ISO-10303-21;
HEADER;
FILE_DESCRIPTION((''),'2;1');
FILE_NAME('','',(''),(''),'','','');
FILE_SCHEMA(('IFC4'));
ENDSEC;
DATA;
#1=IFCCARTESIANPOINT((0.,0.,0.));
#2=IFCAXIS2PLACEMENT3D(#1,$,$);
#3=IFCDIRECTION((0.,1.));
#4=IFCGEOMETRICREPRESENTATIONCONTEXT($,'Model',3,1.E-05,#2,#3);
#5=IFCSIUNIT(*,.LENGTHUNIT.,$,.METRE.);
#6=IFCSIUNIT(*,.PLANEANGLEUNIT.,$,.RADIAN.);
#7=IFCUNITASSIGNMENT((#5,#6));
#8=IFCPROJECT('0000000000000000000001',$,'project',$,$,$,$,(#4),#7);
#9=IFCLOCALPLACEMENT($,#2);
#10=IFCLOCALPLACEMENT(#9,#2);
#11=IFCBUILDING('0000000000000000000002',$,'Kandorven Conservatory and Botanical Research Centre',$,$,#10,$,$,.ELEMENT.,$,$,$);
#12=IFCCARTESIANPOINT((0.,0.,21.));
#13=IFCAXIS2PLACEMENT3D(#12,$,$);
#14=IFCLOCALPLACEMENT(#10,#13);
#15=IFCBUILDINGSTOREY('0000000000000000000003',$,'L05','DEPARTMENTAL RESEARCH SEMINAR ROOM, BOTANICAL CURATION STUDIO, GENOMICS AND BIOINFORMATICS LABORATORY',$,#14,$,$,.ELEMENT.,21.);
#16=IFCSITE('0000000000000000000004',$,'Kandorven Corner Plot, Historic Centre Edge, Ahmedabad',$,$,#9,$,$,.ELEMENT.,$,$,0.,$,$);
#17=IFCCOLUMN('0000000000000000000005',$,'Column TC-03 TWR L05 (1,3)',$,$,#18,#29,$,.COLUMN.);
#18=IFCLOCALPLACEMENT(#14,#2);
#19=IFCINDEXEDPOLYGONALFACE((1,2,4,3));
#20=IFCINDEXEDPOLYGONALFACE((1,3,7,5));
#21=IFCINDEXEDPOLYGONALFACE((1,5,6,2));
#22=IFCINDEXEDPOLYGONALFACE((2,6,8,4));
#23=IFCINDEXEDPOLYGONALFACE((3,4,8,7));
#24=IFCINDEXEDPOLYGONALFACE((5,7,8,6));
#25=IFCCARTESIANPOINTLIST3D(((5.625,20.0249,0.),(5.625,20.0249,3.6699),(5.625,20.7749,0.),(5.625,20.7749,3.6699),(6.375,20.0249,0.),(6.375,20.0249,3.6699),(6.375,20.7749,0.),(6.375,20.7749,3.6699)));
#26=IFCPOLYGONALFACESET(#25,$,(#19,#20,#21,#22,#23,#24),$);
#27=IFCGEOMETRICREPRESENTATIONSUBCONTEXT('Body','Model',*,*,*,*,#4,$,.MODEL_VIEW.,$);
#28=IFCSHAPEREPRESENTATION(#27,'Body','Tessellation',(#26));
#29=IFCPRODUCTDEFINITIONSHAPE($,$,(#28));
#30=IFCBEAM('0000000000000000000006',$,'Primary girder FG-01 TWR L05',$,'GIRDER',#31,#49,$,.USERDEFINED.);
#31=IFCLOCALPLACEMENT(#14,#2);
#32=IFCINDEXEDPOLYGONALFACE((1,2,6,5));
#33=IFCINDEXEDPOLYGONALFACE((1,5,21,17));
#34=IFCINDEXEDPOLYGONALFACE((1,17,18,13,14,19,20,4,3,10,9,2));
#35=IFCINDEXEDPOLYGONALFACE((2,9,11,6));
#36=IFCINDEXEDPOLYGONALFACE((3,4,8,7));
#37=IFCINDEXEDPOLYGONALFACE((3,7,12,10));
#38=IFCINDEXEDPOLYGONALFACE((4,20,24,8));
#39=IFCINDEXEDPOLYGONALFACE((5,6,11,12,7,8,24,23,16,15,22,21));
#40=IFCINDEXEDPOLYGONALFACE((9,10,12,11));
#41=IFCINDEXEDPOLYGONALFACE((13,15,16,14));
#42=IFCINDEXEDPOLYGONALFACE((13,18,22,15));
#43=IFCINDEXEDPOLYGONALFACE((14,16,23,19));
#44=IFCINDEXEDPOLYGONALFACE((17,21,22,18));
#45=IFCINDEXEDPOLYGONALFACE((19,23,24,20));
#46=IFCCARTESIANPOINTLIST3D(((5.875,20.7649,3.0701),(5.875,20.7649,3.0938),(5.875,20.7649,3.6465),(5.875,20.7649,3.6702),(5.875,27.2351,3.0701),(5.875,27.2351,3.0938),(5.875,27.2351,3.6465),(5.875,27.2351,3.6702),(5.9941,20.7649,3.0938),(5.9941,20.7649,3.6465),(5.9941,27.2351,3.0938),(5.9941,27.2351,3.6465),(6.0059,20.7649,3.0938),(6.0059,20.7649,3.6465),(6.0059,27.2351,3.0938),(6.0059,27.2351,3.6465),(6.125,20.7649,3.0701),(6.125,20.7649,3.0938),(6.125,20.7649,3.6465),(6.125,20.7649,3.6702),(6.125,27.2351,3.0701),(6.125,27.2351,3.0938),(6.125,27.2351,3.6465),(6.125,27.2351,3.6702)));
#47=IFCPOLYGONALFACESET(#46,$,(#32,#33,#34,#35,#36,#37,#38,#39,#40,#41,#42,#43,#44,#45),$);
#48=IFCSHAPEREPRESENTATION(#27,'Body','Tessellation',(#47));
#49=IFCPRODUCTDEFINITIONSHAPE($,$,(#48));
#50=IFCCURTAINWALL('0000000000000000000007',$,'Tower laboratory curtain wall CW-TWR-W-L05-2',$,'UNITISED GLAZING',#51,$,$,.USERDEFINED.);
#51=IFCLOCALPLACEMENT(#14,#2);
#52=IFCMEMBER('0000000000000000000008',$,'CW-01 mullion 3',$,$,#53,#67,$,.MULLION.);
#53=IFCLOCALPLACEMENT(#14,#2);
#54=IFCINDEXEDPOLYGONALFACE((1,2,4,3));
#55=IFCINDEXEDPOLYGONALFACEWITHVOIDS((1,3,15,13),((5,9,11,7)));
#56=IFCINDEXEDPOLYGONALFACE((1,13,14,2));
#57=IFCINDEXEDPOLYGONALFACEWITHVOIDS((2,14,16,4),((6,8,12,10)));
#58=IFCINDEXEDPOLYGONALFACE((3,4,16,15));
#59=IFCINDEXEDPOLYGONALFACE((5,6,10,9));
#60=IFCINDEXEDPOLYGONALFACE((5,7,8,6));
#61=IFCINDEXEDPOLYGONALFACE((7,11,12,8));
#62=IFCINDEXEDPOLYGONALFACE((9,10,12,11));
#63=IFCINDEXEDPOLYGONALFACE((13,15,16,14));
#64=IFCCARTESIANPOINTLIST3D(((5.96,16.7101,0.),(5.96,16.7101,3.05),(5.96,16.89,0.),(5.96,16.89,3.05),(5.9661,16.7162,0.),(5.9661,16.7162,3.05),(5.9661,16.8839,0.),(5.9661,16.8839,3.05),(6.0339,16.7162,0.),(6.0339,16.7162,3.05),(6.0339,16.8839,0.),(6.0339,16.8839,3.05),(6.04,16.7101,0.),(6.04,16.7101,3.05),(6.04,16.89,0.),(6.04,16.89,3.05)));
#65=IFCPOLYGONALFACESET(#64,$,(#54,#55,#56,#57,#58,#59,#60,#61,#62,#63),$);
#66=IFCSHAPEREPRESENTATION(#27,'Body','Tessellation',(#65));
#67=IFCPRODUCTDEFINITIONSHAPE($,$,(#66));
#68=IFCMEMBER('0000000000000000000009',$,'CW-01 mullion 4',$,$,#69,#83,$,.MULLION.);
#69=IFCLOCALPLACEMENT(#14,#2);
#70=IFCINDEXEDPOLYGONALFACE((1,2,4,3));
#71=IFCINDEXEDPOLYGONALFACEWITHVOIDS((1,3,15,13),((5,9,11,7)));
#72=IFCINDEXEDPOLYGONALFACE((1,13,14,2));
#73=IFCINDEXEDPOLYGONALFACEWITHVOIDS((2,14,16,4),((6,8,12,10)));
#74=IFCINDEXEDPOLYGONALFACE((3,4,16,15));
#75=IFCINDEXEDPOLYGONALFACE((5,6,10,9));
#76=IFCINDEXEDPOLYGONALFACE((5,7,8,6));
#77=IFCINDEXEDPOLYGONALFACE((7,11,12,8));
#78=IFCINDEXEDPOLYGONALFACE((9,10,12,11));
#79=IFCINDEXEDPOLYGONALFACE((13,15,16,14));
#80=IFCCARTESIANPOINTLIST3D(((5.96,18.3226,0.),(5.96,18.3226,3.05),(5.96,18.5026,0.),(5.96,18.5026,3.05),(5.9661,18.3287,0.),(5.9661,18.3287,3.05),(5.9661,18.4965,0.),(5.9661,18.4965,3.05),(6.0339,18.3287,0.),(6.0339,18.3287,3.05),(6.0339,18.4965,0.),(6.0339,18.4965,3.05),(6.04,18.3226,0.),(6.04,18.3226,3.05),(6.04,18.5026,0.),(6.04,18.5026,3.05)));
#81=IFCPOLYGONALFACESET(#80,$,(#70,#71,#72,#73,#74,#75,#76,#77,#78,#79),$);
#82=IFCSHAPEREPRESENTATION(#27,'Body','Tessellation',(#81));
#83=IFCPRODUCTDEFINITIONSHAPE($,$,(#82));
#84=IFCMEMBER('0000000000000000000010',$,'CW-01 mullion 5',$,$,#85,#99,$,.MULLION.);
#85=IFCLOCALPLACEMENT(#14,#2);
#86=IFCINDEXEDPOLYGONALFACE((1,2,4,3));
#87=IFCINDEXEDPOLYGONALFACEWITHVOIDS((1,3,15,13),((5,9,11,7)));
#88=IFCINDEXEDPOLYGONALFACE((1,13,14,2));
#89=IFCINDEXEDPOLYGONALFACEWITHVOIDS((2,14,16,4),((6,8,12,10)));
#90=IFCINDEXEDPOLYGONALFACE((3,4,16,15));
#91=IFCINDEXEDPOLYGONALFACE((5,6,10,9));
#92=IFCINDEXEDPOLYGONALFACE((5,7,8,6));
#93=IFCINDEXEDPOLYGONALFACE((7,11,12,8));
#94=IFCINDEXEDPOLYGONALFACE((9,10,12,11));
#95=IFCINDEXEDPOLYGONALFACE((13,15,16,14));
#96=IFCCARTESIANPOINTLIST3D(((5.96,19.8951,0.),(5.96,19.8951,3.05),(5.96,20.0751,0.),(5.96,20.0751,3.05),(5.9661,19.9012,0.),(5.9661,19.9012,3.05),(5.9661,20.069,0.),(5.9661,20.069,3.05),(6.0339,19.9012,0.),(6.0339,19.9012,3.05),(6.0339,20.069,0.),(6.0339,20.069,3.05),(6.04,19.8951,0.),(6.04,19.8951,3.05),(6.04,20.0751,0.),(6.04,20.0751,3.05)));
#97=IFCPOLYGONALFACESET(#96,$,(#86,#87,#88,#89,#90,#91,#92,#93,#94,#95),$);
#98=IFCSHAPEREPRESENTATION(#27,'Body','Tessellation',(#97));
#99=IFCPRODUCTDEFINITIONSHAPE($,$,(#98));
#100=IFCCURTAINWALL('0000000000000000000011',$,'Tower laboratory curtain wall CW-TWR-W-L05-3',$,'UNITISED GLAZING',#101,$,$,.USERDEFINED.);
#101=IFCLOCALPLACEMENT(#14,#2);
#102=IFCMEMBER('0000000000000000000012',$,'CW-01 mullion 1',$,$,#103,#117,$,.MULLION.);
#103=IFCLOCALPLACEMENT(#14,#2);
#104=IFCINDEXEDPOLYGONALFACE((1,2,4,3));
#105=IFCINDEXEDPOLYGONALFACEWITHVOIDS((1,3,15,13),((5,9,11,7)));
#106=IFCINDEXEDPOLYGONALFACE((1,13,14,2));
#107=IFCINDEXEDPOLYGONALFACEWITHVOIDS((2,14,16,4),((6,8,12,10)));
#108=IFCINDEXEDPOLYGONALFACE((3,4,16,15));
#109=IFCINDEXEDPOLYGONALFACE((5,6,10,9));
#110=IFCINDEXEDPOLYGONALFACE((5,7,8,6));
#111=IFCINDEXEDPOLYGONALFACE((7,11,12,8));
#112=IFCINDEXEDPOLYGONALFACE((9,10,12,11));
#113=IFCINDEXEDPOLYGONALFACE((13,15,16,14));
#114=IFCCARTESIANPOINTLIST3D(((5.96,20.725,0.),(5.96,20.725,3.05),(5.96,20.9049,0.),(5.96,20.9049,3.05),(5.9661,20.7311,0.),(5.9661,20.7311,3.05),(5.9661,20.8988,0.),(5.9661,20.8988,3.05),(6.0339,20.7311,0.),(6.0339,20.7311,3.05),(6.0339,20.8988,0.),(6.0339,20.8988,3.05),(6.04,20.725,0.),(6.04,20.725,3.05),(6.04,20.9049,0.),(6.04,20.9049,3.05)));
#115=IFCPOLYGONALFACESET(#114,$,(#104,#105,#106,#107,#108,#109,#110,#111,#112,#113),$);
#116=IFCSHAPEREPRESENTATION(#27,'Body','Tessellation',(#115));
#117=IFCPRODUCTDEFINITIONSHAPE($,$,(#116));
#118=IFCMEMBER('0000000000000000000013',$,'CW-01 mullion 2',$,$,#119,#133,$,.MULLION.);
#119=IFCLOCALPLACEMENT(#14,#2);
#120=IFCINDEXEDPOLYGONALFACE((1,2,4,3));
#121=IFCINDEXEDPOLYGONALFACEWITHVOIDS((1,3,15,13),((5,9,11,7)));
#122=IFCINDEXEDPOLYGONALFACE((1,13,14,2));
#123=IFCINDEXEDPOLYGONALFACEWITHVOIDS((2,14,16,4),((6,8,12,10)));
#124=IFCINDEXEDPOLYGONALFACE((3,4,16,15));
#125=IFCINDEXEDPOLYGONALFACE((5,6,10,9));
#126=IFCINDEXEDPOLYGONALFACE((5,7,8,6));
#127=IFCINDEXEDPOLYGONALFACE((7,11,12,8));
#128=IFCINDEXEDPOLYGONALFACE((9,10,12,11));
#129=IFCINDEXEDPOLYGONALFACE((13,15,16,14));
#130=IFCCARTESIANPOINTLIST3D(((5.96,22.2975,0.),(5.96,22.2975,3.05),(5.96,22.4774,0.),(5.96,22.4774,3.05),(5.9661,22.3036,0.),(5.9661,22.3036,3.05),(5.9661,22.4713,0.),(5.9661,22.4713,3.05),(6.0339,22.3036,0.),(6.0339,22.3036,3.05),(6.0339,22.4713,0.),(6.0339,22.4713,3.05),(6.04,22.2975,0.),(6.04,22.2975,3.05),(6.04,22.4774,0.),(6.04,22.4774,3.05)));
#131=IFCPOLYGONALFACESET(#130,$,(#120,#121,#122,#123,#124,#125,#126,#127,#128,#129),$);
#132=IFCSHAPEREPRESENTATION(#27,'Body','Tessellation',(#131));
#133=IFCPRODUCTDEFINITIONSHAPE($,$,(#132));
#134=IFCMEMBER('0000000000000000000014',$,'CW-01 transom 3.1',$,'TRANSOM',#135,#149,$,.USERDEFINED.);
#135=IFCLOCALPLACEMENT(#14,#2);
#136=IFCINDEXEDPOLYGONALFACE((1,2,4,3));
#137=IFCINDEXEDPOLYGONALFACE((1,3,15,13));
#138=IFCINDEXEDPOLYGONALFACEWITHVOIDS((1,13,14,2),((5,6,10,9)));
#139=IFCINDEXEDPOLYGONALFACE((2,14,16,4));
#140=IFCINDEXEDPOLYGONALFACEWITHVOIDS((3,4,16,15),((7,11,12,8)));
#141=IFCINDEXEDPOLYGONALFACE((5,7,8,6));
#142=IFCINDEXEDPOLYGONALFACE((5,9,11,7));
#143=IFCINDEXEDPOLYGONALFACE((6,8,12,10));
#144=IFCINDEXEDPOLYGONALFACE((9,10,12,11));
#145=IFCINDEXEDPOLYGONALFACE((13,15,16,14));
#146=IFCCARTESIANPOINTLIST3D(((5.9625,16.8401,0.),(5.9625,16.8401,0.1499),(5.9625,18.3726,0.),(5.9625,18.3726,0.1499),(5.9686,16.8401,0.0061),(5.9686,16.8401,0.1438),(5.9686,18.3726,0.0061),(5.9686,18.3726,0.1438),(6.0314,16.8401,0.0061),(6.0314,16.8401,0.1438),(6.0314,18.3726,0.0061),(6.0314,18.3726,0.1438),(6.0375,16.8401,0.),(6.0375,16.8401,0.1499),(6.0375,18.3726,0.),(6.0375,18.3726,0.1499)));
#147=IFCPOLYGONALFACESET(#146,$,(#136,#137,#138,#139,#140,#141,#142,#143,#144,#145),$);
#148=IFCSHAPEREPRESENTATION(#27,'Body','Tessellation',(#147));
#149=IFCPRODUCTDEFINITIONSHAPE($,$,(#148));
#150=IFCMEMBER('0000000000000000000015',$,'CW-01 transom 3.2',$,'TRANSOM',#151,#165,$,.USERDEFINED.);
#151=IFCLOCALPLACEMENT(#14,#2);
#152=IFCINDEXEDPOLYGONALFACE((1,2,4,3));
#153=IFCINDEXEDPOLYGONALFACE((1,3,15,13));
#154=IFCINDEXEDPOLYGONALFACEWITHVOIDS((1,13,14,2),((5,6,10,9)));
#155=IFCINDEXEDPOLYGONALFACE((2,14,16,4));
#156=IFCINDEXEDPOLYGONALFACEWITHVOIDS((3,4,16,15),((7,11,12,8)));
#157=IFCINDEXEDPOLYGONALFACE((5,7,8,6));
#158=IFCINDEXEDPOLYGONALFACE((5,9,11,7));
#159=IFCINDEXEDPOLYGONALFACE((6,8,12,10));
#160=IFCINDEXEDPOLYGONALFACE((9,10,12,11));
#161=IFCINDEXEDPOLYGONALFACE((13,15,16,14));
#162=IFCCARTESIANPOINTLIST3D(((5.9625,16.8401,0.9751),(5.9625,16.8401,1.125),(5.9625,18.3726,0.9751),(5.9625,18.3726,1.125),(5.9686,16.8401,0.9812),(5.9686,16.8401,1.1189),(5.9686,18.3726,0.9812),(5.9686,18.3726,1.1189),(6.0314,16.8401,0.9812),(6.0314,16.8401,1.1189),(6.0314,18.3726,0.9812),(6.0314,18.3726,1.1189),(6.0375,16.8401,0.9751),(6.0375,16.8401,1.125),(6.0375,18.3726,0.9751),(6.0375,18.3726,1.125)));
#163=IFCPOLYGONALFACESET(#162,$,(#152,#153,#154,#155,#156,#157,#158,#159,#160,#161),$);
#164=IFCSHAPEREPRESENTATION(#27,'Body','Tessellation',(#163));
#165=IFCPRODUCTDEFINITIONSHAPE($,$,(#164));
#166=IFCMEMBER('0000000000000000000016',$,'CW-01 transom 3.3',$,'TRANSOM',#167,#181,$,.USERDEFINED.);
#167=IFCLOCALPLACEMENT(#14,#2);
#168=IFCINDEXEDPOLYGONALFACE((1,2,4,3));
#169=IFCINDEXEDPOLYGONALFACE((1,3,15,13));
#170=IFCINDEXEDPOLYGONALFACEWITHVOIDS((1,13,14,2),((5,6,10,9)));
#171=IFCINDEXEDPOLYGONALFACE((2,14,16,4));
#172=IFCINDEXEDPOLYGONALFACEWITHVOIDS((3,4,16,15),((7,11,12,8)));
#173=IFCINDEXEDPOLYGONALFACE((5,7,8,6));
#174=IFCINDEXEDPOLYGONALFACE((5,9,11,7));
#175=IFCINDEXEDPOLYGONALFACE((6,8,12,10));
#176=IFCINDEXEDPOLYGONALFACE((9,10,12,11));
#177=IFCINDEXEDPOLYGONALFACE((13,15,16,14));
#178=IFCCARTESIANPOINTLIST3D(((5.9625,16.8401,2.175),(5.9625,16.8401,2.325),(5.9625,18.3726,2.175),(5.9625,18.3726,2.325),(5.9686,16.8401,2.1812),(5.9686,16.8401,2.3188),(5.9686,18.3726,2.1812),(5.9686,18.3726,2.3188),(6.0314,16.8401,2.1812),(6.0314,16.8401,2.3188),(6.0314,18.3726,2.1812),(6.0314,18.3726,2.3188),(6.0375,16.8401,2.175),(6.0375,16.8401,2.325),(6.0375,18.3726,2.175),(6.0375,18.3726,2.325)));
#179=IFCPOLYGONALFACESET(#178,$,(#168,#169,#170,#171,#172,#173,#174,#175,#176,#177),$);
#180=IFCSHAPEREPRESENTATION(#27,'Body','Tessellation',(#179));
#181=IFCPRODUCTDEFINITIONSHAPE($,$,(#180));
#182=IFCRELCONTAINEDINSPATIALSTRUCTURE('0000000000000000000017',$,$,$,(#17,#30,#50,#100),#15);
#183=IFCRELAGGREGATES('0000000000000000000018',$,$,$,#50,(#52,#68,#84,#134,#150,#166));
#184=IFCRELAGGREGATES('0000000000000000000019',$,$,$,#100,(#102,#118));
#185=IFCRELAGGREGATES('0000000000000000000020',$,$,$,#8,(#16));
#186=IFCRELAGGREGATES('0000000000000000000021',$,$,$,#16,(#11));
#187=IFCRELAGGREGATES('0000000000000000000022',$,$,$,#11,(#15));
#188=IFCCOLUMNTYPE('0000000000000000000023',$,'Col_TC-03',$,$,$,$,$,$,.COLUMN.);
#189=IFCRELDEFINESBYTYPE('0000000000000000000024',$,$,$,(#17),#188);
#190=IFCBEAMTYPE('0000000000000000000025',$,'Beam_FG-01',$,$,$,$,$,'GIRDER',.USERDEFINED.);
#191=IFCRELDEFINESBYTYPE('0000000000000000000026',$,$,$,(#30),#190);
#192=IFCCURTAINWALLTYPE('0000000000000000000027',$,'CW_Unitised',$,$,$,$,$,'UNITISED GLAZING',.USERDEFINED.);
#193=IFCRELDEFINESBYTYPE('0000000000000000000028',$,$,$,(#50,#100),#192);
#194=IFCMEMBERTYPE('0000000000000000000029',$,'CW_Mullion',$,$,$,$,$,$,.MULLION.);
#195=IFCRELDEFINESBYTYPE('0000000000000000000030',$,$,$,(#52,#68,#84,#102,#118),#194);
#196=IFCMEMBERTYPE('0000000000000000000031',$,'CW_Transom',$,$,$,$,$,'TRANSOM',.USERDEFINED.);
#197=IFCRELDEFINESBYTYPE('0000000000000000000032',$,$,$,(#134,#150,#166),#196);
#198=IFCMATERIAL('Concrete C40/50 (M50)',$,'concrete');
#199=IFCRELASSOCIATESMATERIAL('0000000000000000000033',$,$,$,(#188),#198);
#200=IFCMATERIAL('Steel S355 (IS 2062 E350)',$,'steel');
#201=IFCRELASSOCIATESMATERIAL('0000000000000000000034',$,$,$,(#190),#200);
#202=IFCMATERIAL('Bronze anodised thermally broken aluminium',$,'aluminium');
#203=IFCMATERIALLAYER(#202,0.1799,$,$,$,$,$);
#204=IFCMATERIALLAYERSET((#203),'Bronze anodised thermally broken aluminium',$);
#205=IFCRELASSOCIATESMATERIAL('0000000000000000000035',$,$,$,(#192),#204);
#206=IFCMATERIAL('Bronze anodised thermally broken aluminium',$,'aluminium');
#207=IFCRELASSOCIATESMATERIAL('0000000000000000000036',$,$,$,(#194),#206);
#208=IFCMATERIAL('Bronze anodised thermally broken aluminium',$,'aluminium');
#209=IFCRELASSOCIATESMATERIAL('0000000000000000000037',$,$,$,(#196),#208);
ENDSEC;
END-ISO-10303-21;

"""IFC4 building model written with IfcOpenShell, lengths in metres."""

from ifc_helpers import new_model, si_unit, direction, frame, origin, origin_2d, place, context, subcontext, project, spatial, rectangle, hollow_rectangle, i_section, extrude, material, layer, layer_set, material_profile, profile_set, type_object, element, aggregate, save


model = new_model("IFC4")

# Units and contexts
model_context = context("Model", 3, precision=1e-05, world=origin(), true_north=direction((0.0, 1.0)))
body_context = subcontext(model_context, "Body", "Model", "MODEL_VIEW")
ifc_project = project(units=[si_unit("LENGTHUNIT", "METRE"), si_unit("PLANEANGLEUNIT", "RADIAN")], contexts=[model_context])

# Site, building, storey
site_placement = place(None, origin())
site = spatial("IfcSite", under=ifc_project, at=site_placement, Name="Kandorven Corner Plot, Historic Centre Edge, Ahmedabad", CompositionType="ELEMENT", RefElevation=0.0)
building_placement = place(site_placement, origin())
building = spatial("IfcBuilding", under=site, at=building_placement, Name="Kandorven Conservatory and Botanical Research Centre", CompositionType="ELEMENT")
storey_placement = place(building_placement, frame((0.0, 0.0, 21.0)))
storey = spatial("IfcBuildingStorey", under=building, at=storey_placement, Name="L05", Description="DEPARTMENTAL RESEARCH SEMINAR ROOM, BOTANICAL CURATION STUDIO, GENOMICS AND BIOINFORMATICS LABORATORY", CompositionType="ELEMENT", Elevation=21.0)

# Column
ifc_material_1 = material(Name="Concrete C40/50 (M50)", Category="concrete")
ifc_material_profile_1 = material_profile(ifc_material_1, rectangle(XDim=0.75, YDim=0.75, at=origin_2d()))
ifc_profile_set_1 = profile_set([ifc_material_profile_1], Name="Concrete C40/50 (M50)")
column_type = type_object("IfcColumnType", Name="Col_TC-03", PredefinedType="COLUMN", material=ifc_profile_set_1)
column_placement = place(storey_placement, frame((6.0, 20.3999, 0.0), z_axis=(0.0, 0.0, 1.0), x_axis=(1.0, 0.0, 0.0)))
element("IfcColumn", 1, at=column_placement, inside=storey, type_object=column_type, Name="Column TC-03 TWR L05 (1,3)", PredefinedType="COLUMN", context=body_context, shape_type="SweptSolid", body=[
    extrude(rectangle(XDim=0.75, YDim=0.75, at=origin_2d()), origin(), (0.0, 0.0, 1.0), 3.6699),
])

# Beam
ifc_material_2 = material(Name="Steel S355 (IS 2062 E350)", Category="steel")
ifc_material_profile_2 = material_profile(ifc_material_2, i_section(OverallWidth=0.25, OverallDepth=0.6001, WebThickness=0.0117, FlangeThickness=0.0237, at=origin_2d()))
ifc_profile_set_2 = profile_set([ifc_material_profile_2], Name="Steel S355 (IS 2062 E350)")
beam_type = type_object("IfcBeamType", Name="Beam_FG-01", ElementType="GIRDER", PredefinedType="USERDEFINED", material=ifc_profile_set_2)
beam_placement = place(storey_placement, frame((6.0, 20.7649, 3.3701), z_axis=(0.0, 1.0, 0.0), x_axis=(-1.0, 0.0, 0.0)))
element("IfcBeam", 2, at=beam_placement, inside=storey, type_object=beam_type, Name="Primary girder FG-01 TWR L05", ObjectType="GIRDER", PredefinedType="USERDEFINED", context=body_context, shape_type="SweptSolid", body=[
    extrude(i_section(OverallWidth=0.25, OverallDepth=0.6001, WebThickness=0.0117, FlangeThickness=0.0237, at=origin_2d()), origin(), (0.0, 0.0, 1.0), 6.4702),
])

# Curtain walls, members
ifc_material_3 = material(Name="Bronze anodised thermally broken aluminium", Category="aluminium")
ifc_layer_1 = layer(ifc_material_3, 0.1799)
ifc_layer_set_1 = layer_set([ifc_layer_1], Name="Bronze anodised thermally broken aluminium")
curtain_wall_type = type_object("IfcCurtainWallType", Name="CW_Unitised", ElementType="UNITISED GLAZING", PredefinedType="USERDEFINED", material=ifc_layer_set_1)
curtain_wall_1_placement = place(storey_placement, origin())
curtain_wall_1 = element("IfcCurtainWall", 3, at=curtain_wall_1_placement, inside=storey, type_object=curtain_wall_type, Name="Tower laboratory curtain wall CW-TWR-W-L05-2", ObjectType="UNITISED GLAZING", PredefinedType="USERDEFINED")
ifc_material_4 = material(Name="Bronze anodised thermally broken aluminium", Category="aluminium")
ifc_material_profile_3 = material_profile(ifc_material_4, hollow_rectangle(XDim=0.0801, YDim=0.1799, WallThickness=0.0061, at=origin_2d()))
ifc_profile_set_3 = profile_set([ifc_material_profile_3], Name="Bronze anodised thermally broken aluminium")
member_type_1 = type_object("IfcMemberType", Name="CW_Mullion", PredefinedType="MULLION", material=ifc_profile_set_3)
member_1_placement = place(storey_placement, frame((6.0, 16.8, 0.0), z_axis=(0.0, 0.0, 1.0), x_axis=(-1.0, 0.0, 0.0)))
member_1 = element("IfcMember", 4, at=member_1_placement, type_object=member_type_1, Name="CW-01 mullion 3", PredefinedType="MULLION", context=body_context, shape_type="SweptSolid", body=[
    extrude(hollow_rectangle(XDim=0.0801, YDim=0.1799, WallThickness=0.0061, at=origin_2d()), origin(), (0.0, 0.0, 1.0), 3.05),
])
member_2_placement = place(storey_placement, frame((6.0, 18.4126, 0.0), z_axis=(0.0, 0.0, 1.0), x_axis=(-1.0, 0.0, 0.0)))
member_2 = element("IfcMember", 5, at=member_2_placement, type_object=member_type_1, Name="CW-01 mullion 4", PredefinedType="MULLION", context=body_context, shape_type="SweptSolid", body=[
    extrude(hollow_rectangle(XDim=0.0801, YDim=0.1799, WallThickness=0.0061, at=origin_2d()), origin(), (0.0, 0.0, 1.0), 3.05),
])
member_3_placement = place(storey_placement, frame((6.0, 19.9851, 0.0), z_axis=(0.0, 0.0, 1.0), x_axis=(-1.0, 0.0, 0.0)))
member_3 = element("IfcMember", 6, at=member_3_placement, type_object=member_type_1, Name="CW-01 mullion 5", PredefinedType="MULLION", context=body_context, shape_type="SweptSolid", body=[
    extrude(hollow_rectangle(XDim=0.0801, YDim=0.1799, WallThickness=0.0061, at=origin_2d()), origin(), (0.0, 0.0, 1.0), 3.05),
])
curtain_wall_2_placement = place(storey_placement, origin())
curtain_wall_2 = element("IfcCurtainWall", 7, at=curtain_wall_2_placement, inside=storey, type_object=curtain_wall_type, Name="Tower laboratory curtain wall CW-TWR-W-L05-3", ObjectType="UNITISED GLAZING", PredefinedType="USERDEFINED")
member_4_placement = place(storey_placement, frame((6.0, 20.8149, 0.0), z_axis=(0.0, 0.0, 1.0), x_axis=(-1.0, 0.0, 0.0)))
member_4 = element("IfcMember", 8, at=member_4_placement, type_object=member_type_1, Name="CW-01 mullion 1", PredefinedType="MULLION", context=body_context, shape_type="SweptSolid", body=[
    extrude(hollow_rectangle(XDim=0.0801, YDim=0.1799, WallThickness=0.0061, at=origin_2d()), origin(), (0.0, 0.0, 1.0), 3.05),
])
member_5_placement = place(storey_placement, frame((6.0, 22.3875, 0.0), z_axis=(0.0, 0.0, 1.0), x_axis=(-1.0, 0.0, 0.0)))
member_5 = element("IfcMember", 9, at=member_5_placement, type_object=member_type_1, Name="CW-01 mullion 2", PredefinedType="MULLION", context=body_context, shape_type="SweptSolid", body=[
    extrude(hollow_rectangle(XDim=0.0801, YDim=0.1799, WallThickness=0.0061, at=origin_2d()), origin(), (0.0, 0.0, 1.0), 3.05),
])

# Members
ifc_material_5 = material(Name="Bronze anodised thermally broken aluminium", Category="aluminium")
ifc_material_profile_4 = material_profile(ifc_material_5, hollow_rectangle(XDim=0.075, YDim=0.1499, WallThickness=0.0061, at=origin_2d()))
ifc_profile_set_4 = profile_set([ifc_material_profile_4], Name="Bronze anodised thermally broken aluminium")
member_type_2 = type_object("IfcMemberType", Name="CW_Transom", ElementType="TRANSOM", PredefinedType="USERDEFINED", material=ifc_profile_set_4)
member_6_placement = place(storey_placement, frame((6.0, 16.8401, 0.075), z_axis=(0.0, 1.0, 0.0), x_axis=(-1.0, 0.0, 0.0)))
member_6 = element("IfcMember", 10, at=member_6_placement, type_object=member_type_2, Name="CW-01 transom 3.1", ObjectType="TRANSOM", PredefinedType="USERDEFINED", context=body_context, shape_type="SweptSolid", body=[
    extrude(hollow_rectangle(XDim=0.075, YDim=0.1499, WallThickness=0.0061, at=origin_2d()), origin(), (0.0, 0.0, 1.0), 1.5325),
])
member_7_placement = place(storey_placement, frame((6.0, 16.8401, 1.05), z_axis=(0.0, 1.0, 0.0), x_axis=(-1.0, 0.0, 0.0)))
member_7 = element("IfcMember", 11, at=member_7_placement, type_object=member_type_2, Name="CW-01 transom 3.2", ObjectType="TRANSOM", PredefinedType="USERDEFINED", context=body_context, shape_type="SweptSolid", body=[
    extrude(hollow_rectangle(XDim=0.075, YDim=0.1499, WallThickness=0.0061, at=origin_2d()), origin(), (0.0, 0.0, 1.0), 1.5325),
])
member_8_placement = place(storey_placement, frame((6.0, 16.8401, 2.25), z_axis=(0.0, 1.0, 0.0), x_axis=(-1.0, 0.0, 0.0)))
member_8 = element("IfcMember", 12, at=member_8_placement, type_object=member_type_2, Name="CW-01 transom 3.3", ObjectType="TRANSOM", PredefinedType="USERDEFINED", context=body_context, shape_type="SweptSolid", body=[
    extrude(hollow_rectangle(XDim=0.075, YDim=0.1499, WallThickness=0.0061, at=origin_2d()), origin(), (0.0, 0.0, 1.0), 1.5325),
])

aggregate(curtain_wall_1, [member_1, member_2, member_3, member_6, member_7, member_8])
aggregate(curtain_wall_2, [member_4, member_5])

save(model, "model.ifc")
